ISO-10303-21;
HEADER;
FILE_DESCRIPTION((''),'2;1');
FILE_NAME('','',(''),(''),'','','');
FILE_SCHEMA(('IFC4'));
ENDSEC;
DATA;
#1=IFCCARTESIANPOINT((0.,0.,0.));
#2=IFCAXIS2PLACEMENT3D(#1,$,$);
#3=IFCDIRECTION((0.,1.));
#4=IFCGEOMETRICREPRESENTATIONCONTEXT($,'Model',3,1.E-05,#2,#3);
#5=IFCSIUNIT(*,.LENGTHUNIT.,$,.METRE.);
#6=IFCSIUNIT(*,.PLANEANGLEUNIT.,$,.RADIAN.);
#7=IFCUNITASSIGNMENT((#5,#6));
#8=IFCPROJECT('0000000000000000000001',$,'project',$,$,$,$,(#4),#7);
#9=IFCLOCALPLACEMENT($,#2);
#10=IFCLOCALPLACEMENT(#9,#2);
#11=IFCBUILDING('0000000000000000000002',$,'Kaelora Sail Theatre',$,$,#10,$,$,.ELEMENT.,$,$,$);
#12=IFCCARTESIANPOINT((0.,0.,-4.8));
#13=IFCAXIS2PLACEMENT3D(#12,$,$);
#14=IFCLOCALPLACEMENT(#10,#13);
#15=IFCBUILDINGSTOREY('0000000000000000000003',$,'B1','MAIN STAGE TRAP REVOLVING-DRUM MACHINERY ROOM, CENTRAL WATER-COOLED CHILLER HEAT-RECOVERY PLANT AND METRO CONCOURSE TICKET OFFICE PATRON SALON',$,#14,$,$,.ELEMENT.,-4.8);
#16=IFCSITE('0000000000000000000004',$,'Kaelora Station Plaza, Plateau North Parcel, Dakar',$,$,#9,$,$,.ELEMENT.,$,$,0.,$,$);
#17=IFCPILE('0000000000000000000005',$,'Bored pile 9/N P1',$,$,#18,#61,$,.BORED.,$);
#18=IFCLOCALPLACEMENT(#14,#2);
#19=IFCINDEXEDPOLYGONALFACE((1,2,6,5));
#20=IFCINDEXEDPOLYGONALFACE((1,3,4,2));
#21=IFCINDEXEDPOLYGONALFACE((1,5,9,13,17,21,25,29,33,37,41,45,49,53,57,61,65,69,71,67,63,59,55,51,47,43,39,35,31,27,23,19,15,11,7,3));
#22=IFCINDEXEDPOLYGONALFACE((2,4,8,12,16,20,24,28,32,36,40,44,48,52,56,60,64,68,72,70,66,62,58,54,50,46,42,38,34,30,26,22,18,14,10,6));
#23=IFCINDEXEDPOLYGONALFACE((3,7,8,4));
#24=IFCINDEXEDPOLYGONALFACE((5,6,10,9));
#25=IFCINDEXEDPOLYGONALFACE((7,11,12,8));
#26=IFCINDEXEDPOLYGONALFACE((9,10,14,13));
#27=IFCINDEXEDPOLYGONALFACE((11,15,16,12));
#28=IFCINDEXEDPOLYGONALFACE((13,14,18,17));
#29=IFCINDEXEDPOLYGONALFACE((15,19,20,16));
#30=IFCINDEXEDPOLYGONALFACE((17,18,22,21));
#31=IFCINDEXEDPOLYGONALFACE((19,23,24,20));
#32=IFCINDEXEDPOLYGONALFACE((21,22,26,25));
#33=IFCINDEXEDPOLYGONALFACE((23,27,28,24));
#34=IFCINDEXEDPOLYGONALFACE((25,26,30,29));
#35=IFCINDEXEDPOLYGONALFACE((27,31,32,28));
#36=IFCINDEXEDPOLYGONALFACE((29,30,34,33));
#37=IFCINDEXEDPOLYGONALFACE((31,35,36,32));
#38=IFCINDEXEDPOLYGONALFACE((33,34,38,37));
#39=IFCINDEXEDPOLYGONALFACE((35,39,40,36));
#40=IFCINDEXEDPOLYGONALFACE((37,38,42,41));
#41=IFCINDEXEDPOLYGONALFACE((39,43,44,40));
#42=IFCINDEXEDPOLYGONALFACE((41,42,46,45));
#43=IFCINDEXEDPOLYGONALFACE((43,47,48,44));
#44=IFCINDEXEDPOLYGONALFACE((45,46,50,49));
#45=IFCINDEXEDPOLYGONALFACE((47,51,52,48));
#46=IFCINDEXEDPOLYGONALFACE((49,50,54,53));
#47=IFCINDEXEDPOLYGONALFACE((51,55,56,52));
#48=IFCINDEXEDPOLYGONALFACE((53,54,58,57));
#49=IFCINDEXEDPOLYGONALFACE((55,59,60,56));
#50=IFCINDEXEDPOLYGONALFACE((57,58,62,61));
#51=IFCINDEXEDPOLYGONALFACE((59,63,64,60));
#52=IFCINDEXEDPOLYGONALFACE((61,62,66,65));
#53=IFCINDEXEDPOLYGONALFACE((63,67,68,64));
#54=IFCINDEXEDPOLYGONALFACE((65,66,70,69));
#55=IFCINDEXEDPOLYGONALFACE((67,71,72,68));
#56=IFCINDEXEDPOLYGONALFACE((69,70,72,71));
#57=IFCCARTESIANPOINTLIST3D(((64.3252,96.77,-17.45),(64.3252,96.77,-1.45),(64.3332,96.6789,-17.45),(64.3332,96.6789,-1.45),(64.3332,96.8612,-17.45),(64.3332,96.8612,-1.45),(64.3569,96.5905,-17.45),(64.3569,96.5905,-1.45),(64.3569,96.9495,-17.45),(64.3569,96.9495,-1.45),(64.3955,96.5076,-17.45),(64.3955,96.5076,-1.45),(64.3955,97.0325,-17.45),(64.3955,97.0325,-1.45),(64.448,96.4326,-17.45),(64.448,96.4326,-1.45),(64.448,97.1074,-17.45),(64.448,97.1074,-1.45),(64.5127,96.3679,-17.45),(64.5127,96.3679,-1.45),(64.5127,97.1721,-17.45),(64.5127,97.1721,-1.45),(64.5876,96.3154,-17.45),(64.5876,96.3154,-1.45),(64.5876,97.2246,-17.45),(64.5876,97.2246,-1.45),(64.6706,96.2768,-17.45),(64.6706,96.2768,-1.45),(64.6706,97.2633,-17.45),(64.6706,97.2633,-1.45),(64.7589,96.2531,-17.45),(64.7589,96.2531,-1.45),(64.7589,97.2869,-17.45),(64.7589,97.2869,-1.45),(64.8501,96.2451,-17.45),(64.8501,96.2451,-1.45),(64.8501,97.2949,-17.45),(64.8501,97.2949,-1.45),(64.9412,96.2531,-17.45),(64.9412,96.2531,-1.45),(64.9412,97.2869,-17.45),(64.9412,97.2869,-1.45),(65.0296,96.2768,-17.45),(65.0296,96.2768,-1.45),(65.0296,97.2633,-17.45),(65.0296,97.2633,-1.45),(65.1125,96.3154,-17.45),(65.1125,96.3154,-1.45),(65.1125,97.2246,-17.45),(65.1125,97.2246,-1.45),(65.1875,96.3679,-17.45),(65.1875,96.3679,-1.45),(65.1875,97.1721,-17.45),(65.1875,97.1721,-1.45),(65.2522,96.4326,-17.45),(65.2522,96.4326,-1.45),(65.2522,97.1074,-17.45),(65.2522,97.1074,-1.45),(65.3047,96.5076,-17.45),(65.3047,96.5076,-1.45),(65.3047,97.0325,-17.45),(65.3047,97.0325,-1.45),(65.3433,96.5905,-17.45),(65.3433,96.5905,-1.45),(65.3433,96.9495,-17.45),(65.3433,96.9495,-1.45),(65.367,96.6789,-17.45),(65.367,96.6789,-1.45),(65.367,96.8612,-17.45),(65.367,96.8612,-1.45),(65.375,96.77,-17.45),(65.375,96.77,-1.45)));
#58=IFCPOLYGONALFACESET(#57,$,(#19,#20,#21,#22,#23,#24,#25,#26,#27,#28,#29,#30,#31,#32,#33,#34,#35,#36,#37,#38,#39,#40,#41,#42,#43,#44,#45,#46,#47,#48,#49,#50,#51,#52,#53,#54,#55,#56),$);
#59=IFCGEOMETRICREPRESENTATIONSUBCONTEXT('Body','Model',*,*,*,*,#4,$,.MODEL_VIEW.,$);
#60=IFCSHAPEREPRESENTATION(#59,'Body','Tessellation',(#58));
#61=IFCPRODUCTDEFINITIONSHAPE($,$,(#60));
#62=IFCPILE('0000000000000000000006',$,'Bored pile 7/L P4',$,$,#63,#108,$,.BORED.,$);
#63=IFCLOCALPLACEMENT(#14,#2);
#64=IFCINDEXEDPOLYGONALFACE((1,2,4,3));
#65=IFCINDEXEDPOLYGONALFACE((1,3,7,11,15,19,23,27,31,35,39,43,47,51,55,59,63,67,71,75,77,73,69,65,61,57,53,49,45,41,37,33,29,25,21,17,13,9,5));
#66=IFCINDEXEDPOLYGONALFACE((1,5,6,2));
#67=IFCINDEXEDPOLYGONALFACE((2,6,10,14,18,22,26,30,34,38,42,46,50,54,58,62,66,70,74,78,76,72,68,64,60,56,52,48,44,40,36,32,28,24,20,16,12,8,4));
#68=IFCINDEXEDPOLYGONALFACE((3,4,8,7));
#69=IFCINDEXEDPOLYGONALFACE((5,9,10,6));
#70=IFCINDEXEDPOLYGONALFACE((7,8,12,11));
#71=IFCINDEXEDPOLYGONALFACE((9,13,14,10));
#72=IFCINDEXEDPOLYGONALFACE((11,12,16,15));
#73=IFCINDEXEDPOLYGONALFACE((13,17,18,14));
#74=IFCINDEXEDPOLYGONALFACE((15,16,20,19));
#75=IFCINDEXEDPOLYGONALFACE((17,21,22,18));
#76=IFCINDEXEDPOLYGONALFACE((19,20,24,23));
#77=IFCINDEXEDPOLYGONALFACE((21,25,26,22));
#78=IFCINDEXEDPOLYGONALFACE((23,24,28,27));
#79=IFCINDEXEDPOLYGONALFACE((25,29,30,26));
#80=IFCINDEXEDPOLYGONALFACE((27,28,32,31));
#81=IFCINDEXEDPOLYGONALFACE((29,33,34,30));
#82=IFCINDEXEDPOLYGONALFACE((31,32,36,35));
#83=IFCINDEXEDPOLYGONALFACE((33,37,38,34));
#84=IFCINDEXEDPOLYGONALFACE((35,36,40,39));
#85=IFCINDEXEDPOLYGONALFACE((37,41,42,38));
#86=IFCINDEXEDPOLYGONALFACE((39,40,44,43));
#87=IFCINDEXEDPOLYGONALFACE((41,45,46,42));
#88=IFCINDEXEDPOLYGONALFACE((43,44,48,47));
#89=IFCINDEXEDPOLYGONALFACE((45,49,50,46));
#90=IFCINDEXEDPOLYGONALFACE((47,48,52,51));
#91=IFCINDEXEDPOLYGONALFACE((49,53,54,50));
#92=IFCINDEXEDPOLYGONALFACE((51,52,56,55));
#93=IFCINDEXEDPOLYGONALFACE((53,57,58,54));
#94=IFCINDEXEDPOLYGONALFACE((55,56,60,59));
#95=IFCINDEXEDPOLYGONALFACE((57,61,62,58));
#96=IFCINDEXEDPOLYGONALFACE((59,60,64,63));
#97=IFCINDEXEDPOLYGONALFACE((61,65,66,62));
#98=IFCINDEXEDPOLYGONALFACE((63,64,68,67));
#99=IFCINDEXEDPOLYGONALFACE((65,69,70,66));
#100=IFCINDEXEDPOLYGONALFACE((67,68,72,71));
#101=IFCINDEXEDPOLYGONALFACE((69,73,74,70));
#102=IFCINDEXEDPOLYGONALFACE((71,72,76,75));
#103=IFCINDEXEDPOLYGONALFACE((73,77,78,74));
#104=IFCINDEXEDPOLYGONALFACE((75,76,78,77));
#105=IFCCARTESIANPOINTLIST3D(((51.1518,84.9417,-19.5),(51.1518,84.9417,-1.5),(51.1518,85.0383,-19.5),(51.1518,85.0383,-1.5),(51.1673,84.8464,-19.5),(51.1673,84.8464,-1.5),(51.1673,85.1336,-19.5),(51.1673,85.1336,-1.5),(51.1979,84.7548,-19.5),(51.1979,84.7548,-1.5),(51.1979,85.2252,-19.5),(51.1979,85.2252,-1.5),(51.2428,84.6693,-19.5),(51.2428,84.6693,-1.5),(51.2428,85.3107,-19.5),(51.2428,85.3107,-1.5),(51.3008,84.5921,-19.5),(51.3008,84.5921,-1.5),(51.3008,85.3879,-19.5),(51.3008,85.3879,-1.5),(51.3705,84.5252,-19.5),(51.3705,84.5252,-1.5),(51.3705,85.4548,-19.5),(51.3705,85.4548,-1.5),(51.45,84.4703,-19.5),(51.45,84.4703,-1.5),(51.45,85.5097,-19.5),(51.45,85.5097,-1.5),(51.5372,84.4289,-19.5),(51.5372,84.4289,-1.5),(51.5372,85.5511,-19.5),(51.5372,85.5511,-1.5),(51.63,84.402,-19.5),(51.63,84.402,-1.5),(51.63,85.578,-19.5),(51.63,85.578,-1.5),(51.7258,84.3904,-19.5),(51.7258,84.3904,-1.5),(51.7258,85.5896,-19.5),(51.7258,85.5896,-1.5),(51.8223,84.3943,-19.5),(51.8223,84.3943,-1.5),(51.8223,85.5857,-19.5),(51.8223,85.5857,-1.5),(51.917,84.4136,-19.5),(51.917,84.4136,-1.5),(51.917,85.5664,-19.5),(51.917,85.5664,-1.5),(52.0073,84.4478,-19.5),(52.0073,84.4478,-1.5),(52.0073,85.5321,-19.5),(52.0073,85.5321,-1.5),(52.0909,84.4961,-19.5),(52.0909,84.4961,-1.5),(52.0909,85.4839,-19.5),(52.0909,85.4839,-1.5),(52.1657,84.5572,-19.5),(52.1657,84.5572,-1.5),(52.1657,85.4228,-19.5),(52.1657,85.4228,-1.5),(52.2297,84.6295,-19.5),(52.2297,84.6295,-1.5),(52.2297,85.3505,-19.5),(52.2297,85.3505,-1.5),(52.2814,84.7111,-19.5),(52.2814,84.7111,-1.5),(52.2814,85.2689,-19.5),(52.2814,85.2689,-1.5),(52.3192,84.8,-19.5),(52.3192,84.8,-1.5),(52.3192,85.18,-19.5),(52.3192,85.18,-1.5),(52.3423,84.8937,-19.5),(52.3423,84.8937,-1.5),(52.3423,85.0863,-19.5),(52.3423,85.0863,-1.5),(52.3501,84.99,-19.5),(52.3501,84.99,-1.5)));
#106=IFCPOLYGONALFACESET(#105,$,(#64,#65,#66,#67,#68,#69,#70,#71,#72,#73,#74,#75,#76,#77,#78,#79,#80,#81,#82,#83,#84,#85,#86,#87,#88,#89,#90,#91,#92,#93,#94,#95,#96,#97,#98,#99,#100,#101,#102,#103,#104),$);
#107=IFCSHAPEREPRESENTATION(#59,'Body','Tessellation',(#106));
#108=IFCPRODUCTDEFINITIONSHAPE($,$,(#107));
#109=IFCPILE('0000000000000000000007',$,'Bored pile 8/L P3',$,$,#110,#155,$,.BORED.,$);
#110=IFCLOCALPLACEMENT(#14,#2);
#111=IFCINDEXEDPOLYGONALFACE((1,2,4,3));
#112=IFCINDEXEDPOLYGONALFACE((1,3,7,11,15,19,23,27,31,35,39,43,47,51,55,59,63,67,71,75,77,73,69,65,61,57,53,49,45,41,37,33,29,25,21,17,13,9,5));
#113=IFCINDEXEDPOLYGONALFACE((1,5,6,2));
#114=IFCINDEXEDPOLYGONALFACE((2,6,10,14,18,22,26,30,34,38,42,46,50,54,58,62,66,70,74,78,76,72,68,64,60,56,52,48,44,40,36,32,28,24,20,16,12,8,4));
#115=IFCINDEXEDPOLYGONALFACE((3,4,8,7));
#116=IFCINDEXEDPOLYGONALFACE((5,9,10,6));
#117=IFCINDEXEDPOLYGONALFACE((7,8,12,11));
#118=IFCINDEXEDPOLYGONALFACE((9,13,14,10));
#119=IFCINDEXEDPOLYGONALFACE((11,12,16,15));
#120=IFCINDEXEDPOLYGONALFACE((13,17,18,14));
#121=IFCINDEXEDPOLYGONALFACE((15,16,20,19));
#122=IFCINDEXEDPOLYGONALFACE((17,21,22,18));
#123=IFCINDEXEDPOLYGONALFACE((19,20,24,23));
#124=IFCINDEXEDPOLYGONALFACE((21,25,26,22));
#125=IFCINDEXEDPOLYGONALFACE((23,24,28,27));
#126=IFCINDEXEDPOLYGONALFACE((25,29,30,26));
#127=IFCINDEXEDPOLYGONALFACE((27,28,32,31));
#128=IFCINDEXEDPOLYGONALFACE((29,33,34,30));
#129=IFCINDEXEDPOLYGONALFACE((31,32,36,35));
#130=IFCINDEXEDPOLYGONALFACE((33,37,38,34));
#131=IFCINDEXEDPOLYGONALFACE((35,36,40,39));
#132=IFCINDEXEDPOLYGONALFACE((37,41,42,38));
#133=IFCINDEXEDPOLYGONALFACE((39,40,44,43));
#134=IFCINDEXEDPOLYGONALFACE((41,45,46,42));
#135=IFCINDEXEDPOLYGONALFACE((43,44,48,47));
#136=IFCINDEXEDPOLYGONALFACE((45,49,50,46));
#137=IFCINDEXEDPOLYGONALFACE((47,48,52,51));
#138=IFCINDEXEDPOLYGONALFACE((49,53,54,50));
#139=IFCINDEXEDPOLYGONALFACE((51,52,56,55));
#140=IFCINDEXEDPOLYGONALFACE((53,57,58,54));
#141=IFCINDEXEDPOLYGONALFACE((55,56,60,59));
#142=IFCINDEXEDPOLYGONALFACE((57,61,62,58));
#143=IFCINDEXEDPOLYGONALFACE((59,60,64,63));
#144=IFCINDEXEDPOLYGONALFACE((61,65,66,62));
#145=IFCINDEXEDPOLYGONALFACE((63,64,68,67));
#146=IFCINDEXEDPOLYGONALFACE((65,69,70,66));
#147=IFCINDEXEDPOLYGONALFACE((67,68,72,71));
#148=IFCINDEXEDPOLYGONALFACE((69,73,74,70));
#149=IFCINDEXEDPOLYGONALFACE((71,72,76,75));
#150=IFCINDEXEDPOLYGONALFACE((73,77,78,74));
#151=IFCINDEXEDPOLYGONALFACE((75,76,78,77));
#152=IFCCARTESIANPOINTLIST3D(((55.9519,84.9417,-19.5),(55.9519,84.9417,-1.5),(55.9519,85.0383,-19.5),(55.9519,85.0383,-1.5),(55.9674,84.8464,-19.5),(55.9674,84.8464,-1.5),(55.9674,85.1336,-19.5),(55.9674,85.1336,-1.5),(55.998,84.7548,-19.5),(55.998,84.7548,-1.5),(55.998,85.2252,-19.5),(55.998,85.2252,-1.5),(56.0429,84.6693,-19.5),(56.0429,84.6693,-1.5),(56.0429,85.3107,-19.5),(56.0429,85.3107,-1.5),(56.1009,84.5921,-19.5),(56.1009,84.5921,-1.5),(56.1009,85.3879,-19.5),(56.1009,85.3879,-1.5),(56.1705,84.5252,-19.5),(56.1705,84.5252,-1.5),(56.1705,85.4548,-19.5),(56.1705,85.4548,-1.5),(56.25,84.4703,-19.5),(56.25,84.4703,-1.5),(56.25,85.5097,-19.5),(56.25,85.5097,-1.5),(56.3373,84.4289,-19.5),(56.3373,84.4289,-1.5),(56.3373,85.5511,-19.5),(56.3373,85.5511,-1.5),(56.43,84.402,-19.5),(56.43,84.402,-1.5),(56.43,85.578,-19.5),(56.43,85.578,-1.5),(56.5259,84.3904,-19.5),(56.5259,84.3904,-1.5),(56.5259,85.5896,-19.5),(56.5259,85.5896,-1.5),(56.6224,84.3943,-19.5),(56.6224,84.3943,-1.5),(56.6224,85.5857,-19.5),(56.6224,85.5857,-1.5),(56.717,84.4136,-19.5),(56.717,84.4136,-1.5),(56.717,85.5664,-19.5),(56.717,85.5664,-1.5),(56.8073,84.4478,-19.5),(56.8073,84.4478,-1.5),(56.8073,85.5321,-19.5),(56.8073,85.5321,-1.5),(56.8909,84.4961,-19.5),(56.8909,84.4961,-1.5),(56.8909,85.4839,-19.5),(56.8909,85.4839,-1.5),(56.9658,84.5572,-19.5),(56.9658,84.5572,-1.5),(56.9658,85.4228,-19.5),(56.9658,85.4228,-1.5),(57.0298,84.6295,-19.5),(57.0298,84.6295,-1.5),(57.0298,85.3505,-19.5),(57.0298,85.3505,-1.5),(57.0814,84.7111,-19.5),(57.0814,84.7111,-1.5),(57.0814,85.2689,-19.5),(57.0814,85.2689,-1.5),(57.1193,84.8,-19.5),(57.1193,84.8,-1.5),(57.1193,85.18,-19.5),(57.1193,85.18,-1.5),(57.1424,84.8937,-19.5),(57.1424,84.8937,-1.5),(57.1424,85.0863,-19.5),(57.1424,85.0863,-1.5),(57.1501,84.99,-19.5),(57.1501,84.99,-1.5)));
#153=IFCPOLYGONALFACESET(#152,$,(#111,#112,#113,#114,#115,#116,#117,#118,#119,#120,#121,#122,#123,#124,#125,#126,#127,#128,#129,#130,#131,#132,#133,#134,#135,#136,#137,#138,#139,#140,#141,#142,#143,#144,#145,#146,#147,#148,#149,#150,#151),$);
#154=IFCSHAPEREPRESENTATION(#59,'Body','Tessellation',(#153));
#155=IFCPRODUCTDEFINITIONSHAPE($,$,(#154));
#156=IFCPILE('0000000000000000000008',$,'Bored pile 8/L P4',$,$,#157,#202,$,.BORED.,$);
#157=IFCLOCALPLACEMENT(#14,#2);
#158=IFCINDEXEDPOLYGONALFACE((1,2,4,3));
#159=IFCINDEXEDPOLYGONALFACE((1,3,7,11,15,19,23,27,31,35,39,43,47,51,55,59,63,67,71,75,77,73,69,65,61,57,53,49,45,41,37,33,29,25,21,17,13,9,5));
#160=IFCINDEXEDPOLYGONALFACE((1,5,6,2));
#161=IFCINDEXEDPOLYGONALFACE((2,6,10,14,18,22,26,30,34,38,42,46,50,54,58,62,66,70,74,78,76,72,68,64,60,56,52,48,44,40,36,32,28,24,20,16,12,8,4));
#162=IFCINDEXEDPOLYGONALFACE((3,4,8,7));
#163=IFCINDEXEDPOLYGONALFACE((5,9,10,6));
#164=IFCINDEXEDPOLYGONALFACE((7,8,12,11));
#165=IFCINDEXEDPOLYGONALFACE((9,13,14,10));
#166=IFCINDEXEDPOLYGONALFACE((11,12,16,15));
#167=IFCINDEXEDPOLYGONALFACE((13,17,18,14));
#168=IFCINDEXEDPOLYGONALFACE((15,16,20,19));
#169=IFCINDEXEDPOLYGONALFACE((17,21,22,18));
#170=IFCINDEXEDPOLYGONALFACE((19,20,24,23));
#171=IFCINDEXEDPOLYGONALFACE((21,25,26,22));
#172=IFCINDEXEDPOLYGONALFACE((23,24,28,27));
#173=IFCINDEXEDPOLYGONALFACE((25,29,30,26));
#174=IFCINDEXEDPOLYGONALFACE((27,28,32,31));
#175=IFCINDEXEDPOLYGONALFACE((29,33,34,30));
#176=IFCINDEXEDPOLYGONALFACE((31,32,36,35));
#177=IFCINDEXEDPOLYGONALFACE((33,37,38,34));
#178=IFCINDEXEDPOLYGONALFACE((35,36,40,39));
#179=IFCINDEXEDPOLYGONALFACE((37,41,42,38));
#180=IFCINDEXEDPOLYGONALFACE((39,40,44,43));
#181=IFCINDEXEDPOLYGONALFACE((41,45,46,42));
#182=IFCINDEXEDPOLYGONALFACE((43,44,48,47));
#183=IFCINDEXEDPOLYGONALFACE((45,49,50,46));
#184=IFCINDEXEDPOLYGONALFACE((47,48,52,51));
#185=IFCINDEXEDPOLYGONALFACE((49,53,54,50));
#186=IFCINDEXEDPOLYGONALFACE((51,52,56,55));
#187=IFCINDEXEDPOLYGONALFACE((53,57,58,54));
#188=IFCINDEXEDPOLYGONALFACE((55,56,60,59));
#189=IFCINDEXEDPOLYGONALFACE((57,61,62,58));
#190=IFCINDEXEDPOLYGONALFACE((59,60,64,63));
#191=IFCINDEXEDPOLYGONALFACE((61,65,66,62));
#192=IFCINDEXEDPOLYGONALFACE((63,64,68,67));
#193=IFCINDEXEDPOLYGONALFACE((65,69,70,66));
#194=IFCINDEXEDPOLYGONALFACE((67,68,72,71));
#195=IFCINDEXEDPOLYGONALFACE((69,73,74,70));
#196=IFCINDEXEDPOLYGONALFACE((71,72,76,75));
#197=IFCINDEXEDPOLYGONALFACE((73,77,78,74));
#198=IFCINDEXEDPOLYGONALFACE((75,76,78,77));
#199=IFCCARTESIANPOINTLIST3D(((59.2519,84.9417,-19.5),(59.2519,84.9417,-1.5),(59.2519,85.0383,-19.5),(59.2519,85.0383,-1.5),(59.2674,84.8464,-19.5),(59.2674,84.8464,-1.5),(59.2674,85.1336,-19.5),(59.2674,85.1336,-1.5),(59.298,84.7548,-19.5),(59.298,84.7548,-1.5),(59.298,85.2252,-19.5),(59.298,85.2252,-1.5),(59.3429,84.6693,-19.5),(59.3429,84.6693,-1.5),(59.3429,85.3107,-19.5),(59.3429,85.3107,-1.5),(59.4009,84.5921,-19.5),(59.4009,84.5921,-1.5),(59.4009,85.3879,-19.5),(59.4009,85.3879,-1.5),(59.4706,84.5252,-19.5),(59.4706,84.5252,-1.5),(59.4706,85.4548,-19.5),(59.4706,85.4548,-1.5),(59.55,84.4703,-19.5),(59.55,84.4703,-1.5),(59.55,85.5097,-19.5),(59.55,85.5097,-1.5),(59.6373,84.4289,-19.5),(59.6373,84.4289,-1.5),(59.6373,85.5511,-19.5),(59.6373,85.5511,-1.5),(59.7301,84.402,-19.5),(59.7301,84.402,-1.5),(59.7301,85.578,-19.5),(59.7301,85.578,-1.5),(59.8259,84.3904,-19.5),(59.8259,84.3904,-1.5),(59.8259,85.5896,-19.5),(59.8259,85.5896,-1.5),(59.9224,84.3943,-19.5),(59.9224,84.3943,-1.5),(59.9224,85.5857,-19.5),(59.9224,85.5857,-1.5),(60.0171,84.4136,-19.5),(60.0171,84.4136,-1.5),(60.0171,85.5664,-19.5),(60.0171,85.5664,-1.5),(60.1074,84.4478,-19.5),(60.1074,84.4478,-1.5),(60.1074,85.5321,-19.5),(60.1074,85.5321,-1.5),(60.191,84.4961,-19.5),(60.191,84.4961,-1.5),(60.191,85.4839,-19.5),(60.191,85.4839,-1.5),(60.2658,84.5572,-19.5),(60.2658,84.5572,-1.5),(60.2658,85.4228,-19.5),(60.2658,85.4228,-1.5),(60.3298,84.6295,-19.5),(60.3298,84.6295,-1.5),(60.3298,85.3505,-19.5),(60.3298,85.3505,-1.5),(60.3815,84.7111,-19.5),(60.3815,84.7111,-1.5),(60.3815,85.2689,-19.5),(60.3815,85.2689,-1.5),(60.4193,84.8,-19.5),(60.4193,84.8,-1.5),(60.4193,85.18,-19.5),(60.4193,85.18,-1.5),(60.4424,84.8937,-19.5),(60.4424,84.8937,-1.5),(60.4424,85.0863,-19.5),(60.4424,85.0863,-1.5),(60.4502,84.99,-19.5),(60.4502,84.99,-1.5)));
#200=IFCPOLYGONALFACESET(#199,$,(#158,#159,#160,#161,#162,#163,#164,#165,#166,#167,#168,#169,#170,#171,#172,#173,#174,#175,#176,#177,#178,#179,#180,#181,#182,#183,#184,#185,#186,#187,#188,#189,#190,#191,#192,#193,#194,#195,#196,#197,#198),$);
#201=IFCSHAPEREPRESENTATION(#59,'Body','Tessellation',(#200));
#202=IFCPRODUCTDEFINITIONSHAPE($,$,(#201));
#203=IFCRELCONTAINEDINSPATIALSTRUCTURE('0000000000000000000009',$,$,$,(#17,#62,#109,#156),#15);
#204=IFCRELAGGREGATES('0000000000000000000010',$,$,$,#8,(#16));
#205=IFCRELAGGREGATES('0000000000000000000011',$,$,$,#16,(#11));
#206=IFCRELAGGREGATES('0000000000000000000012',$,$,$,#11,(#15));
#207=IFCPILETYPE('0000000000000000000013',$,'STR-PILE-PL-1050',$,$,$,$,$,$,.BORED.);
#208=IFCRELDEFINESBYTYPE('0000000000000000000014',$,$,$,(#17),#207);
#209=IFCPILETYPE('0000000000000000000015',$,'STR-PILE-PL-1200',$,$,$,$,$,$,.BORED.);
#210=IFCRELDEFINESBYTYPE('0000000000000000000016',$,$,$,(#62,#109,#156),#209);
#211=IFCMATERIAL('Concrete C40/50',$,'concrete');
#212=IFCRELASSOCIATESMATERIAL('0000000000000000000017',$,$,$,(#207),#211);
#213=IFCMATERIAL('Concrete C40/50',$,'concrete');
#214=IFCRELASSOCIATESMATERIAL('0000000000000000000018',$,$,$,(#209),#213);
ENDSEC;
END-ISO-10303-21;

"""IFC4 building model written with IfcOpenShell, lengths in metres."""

from ifc_helpers import new_model, si_unit, direction, frame, origin, origin_2d, place, context, subcontext, project, spatial, circle, extrude, material, material_profile, profile_set, type_object, element, save


model = new_model("IFC4")

# Units and contexts
model_context = context("Model", 3, precision=1e-05, world=origin(), true_north=direction((0.0, 1.0)))
body_context = subcontext(model_context, "Body", "Model", "MODEL_VIEW")
ifc_project = project(units=[si_unit("LENGTHUNIT", "METRE"), si_unit("PLANEANGLEUNIT", "RADIAN")], contexts=[model_context])

# Site, building, storey
site_placement = place(None, origin())
site = spatial("IfcSite", under=ifc_project, at=site_placement, Name="Kaelora Station Plaza, Plateau North Parcel, Dakar", CompositionType="ELEMENT", RefElevation=0.0)
building_placement = place(site_placement, origin())
building = spatial("IfcBuilding", under=site, at=building_placement, Name="Kaelora Sail Theatre", CompositionType="ELEMENT")
storey_placement = place(building_placement, frame((0.0, 0.0, -4.8)))
storey = spatial("IfcBuildingStorey", under=building, at=storey_placement, Name="B1", Description="MAIN STAGE TRAP REVOLVING-DRUM MACHINERY ROOM, CENTRAL WATER-COOLED CHILLER HEAT-RECOVERY PLANT AND METRO CONCOURSE TICKET OFFICE PATRON SALON", CompositionType="ELEMENT", Elevation=-4.8)

# Piles
ifc_material_1 = material(Name="Concrete C40/50", Category="concrete")
ifc_material_profile_1 = material_profile(ifc_material_1, circle(Radius=0.5249, at=origin_2d()), Name="PILE D1050")
ifc_profile_set_1 = profile_set([ifc_material_profile_1], Name="Concrete C40/50")
pile_type_1 = type_object("IfcPileType", Name="STR-PILE-PL-1050", PredefinedType="BORED", material=ifc_profile_set_1)
for number, where, z_axis, x_axis, name in (
    (1, (64.8501, 96.77, -1.45), (0.0, 0.0, -1.0), (1.0, 0.0, 0.0), "Bored pile 9/N P1"),
):
    element("IfcPile", number, at=place(storey_placement, frame(where, z_axis=z_axis, x_axis=x_axis)), inside=storey, type_object=pile_type_1, Name=name, PredefinedType="BORED", context=body_context, shape_type="SweptSolid", body=[
        extrude(circle(Radius=0.5249, at=origin_2d()), origin(), (0.0, 0.0, 1.0), 16.0),
    ])
ifc_material_2 = material(Name="Concrete C40/50", Category="concrete")
ifc_material_profile_2 = material_profile(ifc_material_2, circle(Radius=0.6001, at=origin_2d()), Name="PILE D1200")
ifc_profile_set_2 = profile_set([ifc_material_profile_2], Name="Concrete C40/50")
pile_type_2 = type_object("IfcPileType", Name="STR-PILE-PL-1200", PredefinedType="BORED", material=ifc_profile_set_2)
for number, where, z_axis, x_axis, name in (
    (2, (51.75, 84.99, -1.5), (0.0, 0.0, -1.0), (1.0, 0.0, 0.0), "Bored pile 7/L P4"),
    (3, (56.55, 84.99, -1.5), (0.0, 0.0, -1.0), (1.0, 0.0, 0.0), "Bored pile 8/L P3"),
    (4, (59.8501, 84.99, -1.5), (0.0, 0.0, -1.0), (1.0, 0.0, 0.0), "Bored pile 8/L P4"),
):
    element("IfcPile", number, at=place(storey_placement, frame(where, z_axis=z_axis, x_axis=x_axis)), inside=storey, type_object=pile_type_2, Name=name, PredefinedType="BORED", context=body_context, shape_type="SweptSolid", body=[
        extrude(circle(Radius=0.6001, at=origin_2d()), origin(), (0.0, 0.0, 1.0), 18.0),
    ])

save(model, "model.ifc")
